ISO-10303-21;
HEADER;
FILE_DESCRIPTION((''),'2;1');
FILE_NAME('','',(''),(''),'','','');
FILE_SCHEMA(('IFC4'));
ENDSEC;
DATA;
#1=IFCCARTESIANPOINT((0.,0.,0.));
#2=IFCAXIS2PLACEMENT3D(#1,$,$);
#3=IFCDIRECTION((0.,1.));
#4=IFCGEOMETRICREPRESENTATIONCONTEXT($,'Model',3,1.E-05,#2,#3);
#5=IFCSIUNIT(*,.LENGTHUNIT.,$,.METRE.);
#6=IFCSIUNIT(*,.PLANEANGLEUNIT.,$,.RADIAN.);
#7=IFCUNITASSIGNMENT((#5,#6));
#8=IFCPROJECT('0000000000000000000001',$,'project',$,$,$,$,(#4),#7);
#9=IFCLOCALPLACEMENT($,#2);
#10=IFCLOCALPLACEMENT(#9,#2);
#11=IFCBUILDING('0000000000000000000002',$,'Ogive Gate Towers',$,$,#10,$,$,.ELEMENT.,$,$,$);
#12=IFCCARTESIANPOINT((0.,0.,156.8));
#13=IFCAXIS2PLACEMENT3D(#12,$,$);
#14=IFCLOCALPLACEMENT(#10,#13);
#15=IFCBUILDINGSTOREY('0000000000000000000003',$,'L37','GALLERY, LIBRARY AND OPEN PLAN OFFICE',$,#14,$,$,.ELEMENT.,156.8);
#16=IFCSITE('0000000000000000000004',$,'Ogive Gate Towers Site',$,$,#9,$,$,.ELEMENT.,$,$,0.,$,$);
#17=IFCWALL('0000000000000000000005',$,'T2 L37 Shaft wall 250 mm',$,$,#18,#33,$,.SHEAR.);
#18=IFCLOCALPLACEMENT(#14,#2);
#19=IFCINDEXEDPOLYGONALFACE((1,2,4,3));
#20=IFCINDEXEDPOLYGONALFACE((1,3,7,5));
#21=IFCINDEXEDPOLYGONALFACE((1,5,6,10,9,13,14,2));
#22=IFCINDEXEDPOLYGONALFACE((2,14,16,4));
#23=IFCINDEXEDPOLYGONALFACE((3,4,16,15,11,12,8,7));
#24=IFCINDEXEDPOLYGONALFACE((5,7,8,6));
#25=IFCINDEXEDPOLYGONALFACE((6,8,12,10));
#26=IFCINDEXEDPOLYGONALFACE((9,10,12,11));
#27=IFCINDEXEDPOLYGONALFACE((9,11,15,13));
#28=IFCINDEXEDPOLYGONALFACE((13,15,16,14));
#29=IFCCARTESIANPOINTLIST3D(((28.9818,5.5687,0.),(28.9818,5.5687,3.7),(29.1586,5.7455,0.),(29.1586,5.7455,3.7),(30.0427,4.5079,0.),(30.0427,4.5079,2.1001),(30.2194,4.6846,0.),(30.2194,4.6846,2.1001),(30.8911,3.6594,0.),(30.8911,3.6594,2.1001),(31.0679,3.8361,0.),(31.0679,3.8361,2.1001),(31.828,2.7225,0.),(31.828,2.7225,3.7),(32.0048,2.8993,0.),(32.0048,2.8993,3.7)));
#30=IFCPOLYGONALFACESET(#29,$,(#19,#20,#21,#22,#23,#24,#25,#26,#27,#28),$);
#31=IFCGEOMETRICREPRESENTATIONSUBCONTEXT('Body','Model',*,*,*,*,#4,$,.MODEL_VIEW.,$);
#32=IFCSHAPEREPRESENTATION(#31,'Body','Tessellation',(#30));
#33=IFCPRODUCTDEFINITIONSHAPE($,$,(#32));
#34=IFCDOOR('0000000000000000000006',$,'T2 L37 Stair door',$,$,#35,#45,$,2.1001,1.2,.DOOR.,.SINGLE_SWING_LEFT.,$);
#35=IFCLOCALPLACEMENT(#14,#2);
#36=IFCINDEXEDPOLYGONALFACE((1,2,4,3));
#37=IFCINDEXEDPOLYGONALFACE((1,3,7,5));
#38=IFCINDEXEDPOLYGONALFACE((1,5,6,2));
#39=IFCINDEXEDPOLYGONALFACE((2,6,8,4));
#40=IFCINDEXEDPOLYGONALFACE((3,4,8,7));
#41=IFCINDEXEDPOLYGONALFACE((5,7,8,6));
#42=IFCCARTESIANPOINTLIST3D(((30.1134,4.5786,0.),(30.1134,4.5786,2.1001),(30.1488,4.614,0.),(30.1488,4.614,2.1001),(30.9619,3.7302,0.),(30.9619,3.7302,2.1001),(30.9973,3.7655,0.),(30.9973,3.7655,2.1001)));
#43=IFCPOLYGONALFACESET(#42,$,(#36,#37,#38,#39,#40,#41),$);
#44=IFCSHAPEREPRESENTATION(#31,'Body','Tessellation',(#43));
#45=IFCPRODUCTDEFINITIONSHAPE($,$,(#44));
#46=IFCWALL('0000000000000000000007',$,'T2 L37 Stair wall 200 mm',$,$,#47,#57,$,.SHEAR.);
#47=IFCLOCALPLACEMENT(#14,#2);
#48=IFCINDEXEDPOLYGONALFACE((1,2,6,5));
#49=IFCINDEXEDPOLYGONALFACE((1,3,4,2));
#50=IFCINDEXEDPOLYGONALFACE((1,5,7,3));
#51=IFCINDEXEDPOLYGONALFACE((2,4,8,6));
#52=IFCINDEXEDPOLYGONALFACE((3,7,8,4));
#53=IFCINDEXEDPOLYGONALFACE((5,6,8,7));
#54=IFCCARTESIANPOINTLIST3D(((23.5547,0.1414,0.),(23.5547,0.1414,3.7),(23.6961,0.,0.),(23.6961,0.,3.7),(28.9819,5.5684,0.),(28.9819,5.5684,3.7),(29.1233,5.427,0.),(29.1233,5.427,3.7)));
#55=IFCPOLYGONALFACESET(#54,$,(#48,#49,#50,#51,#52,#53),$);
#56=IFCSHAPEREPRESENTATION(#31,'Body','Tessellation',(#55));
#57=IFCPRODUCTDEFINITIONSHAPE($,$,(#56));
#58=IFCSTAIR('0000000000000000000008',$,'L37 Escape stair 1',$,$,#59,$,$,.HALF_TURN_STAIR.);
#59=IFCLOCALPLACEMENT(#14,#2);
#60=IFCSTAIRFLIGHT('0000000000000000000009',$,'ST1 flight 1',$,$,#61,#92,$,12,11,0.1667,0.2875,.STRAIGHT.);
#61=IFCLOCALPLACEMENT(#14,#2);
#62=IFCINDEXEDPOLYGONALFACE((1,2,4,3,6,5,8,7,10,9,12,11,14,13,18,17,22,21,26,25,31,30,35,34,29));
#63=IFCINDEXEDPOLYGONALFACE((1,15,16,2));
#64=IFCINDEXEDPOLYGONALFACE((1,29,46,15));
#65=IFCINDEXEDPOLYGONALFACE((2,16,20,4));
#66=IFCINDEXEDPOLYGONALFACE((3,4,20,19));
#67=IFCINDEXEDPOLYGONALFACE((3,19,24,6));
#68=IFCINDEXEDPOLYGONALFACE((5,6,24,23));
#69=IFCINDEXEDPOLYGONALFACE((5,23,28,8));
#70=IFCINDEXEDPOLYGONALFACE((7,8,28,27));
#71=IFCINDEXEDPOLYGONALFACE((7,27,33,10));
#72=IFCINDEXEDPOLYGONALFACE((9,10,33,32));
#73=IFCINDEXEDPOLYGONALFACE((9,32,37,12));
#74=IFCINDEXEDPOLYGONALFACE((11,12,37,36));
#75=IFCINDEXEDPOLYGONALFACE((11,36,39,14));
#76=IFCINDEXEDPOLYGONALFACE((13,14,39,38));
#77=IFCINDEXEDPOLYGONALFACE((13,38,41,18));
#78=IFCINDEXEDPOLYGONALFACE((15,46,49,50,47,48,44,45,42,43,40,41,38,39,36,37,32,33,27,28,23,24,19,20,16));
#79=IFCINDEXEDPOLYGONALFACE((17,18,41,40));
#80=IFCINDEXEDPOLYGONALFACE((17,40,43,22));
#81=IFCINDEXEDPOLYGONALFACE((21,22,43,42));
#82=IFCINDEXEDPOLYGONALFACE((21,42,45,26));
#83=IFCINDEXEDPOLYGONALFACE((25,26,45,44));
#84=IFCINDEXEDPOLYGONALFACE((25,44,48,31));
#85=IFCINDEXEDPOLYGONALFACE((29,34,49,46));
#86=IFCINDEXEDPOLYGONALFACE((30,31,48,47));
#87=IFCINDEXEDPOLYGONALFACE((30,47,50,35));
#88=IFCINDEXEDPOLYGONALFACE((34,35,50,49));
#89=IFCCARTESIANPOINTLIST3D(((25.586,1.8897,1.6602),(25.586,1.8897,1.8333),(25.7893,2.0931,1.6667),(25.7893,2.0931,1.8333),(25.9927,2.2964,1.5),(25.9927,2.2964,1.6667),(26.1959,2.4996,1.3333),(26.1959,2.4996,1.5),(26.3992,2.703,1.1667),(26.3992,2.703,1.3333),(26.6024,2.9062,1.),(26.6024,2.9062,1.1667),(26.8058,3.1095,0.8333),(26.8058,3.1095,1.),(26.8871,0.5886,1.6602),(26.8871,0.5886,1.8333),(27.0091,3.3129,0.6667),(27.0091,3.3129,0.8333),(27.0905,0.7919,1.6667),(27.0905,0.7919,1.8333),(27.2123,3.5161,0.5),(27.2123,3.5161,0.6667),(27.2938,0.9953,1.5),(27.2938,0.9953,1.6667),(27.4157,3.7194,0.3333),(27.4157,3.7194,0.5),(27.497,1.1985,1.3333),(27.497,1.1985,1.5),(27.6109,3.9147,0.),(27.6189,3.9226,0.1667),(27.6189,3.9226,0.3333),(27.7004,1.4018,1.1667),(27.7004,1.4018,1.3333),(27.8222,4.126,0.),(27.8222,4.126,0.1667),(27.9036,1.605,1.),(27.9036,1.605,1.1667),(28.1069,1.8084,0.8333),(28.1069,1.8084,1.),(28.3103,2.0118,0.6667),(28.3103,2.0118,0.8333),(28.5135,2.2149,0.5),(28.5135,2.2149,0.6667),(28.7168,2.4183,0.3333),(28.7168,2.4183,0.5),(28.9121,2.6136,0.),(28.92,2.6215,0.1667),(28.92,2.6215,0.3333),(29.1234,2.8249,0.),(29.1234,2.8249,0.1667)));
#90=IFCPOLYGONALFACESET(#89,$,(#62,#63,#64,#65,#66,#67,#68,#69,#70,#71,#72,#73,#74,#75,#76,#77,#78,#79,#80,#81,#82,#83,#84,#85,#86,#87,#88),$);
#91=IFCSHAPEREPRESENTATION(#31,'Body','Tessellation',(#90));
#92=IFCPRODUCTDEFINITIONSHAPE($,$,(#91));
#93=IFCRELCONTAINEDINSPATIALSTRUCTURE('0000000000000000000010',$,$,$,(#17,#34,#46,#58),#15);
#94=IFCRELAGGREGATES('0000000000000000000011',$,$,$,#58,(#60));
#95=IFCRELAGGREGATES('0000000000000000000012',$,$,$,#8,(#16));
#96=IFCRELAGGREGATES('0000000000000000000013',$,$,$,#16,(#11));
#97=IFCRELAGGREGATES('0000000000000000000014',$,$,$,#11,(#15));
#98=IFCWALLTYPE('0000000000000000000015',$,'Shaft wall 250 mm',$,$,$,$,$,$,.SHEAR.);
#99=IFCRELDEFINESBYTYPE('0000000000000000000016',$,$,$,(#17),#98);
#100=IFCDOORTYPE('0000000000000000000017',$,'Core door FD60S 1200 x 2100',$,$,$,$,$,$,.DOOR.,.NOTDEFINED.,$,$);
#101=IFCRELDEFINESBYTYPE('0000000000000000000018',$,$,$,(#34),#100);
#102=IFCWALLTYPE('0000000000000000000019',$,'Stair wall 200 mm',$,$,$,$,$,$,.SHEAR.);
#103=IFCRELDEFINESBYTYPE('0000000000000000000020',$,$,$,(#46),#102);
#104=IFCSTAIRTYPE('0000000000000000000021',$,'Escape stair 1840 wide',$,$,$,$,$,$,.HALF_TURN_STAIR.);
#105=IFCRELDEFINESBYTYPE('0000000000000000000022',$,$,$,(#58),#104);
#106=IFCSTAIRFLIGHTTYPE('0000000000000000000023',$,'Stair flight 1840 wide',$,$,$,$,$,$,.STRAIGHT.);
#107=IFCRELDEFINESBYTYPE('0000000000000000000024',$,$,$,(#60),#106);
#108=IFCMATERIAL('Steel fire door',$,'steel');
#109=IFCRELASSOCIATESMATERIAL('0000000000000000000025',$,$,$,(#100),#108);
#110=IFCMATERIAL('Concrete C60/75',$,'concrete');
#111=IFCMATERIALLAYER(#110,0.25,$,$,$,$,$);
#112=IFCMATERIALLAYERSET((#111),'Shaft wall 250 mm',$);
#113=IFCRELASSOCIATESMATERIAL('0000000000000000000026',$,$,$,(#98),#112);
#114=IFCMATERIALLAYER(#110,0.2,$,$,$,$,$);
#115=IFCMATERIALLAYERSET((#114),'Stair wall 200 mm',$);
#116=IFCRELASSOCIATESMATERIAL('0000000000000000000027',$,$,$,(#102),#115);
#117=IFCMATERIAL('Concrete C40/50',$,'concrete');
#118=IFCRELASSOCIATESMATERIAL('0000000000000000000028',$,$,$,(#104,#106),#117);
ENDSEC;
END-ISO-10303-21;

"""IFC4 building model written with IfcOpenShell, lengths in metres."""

from ifc_helpers import new_model, si_unit, direction, frame, frame_2d, origin, place, context, subcontext, project, spatial, polyline, rectangle, outline, extrude, material, layer, layer_set, type_object, element, fill, aggregate, save


model = new_model("IFC4")

# Units and contexts
model_context = context("Model", 3, precision=1e-05, world=origin(), true_north=direction((0.0, 1.0)))
body_context = subcontext(model_context, "Body", "Model", "MODEL_VIEW")
ifc_project = project(units=[si_unit("LENGTHUNIT", "METRE"), si_unit("PLANEANGLEUNIT", "RADIAN")], contexts=[model_context])

# Site, building, storey
site_placement = place(None, origin())
site = spatial("IfcSite", under=ifc_project, at=site_placement, Name="Ogive Gate Towers Site", CompositionType="ELEMENT", RefElevation=0.0)
building_placement = place(site_placement, origin())
building = spatial("IfcBuilding", under=site, at=building_placement, Name="Ogive Gate Towers", CompositionType="ELEMENT")
storey_placement = place(building_placement, frame((0.0, 0.0, 156.8)))
storey = spatial("IfcBuildingStorey", under=building, at=storey_placement, Name="L37", Description="GALLERY, LIBRARY AND OPEN PLAN OFFICE", CompositionType="ELEMENT", Elevation=156.8)

# Shared definitions
ifc_material_1 = material(Name="Concrete C40/50", Category="concrete")

# Shared definitions
ifc_material_2 = material(Name="Concrete C60/75", Category="concrete")
ifc_material_3 = material(Name="Steel fire door", Category="steel")
door_type_1 = type_object("IfcDoorType", Name="Core door FD60S 1200 x 2100", OperationType="NOTDEFINED", PredefinedType="DOOR", material=ifc_material_3)

# Wall, opening, door
ifc_layer_1 = layer(ifc_material_2, 0.25)
ifc_layer_set_1 = layer_set([ifc_layer_1], Name="Shaft wall 250 mm")
wall_type_1 = type_object("IfcWallType", Name="Shaft wall 250 mm", PredefinedType="SHEAR", material=ifc_layer_set_1)
wall_1_placement = place(storey_placement, frame((31.9165, 2.8108, 0.0), z_axis=(0.0, 0.0, 1.0), x_axis=(-0.707107, 0.707107, 0.0)))
wall_1 = element("IfcWall", 1, at=wall_1_placement, inside=storey, type_object=wall_type_1, Name="T2 L37 Shaft wall 250 mm", PredefinedType="SHEAR", context=body_context, shape_type="SweptSolid", body=[
    extrude(rectangle(XDim=4.0251, YDim=0.25, at=frame_2d((2.0127, 0.0))), origin(), (0.0, 0.0, 1.0), 3.7),
])
opening_1_placement = place(wall_1_placement, frame((1.325, 0.0, 0.0)))
opening_1 = element("IfcOpeningElement", 2, at=opening_1_placement, cuts=wall_1, PredefinedType="OPENING", context=body_context, shape_type="SweptSolid", body=[
    extrude(rectangle(XDim=1.2, YDim=2.1001, at=frame_2d((0.6001, 1.05))), frame((0.0, 0.135, 0.0), z_axis=(0.0, -1.0, 0.0), x_axis=(1.0, 0.0, 0.0)), (0.0, 0.0, 1.0), 0.27),
])
door_1_placement = place(opening_1_placement, origin())
door_1 = element("IfcDoor", 3, at=door_1_placement, inside=storey, type_object=door_type_1, Name="T2 L37 Stair door", OperationType="SINGLE_SWING_LEFT", OverallHeight=2.1001, OverallWidth=1.2, PredefinedType="DOOR", context=body_context, shape_type="SweptSolid", body=[
    extrude(rectangle(XDim=1.2, YDim=2.1001, at=frame_2d((0.6001, 1.05))), frame((0.0, 0.0249, 0.0), z_axis=(0.0, -1.0, 0.0), x_axis=(1.0, 0.0, 0.0)), (0.0, 0.0, 1.0), 0.05),
])
fill(opening_1, door_1)

# Wall
ifc_layer_2 = layer(ifc_material_2, 0.2)
ifc_layer_set_2 = layer_set([ifc_layer_2], Name="Stair wall 200 mm")
wall_type_2 = type_object("IfcWallType", Name="Stair wall 200 mm", PredefinedType="SHEAR", material=ifc_layer_set_2)
wall_2_placement = place(storey_placement, frame((23.6255, 0.0708, 0.0), z_axis=(0.0, 0.0, 1.0), x_axis=(0.707123, 0.707091, 0.0)))
element("IfcWall", 4, at=wall_2_placement, inside=storey, type_object=wall_type_2, Name="T2 L37 Stair wall 200 mm", PredefinedType="SHEAR", context=body_context, shape_type="SweptSolid", body=[
    extrude(rectangle(XDim=7.675, YDim=0.2, at=frame_2d((3.8374, 0.0))), origin(), (0.0, 0.0, 1.0), 3.7),
])

# Stair, stair flight
stair_type = type_object("IfcStairType", Name="Escape stair 1840 wide", PredefinedType="HALF_TURN_STAIR", material=ifc_material_1)
stair_placement = place(storey_placement, origin())
stair = element("IfcStair", 5, at=stair_placement, inside=storey, type_object=stair_type, Name="L37 Escape stair 1", PredefinedType="HALF_TURN_STAIR")
stair_flight_type = type_object("IfcStairFlightType", Name="Stair flight 1840 wide", PredefinedType="STRAIGHT", material=ifc_material_1)
stair_flight_placement = place(storey_placement, frame((28.4729, 3.4753, 0.0), z_axis=(0.0, 0.0, 1.0), x_axis=(-0.707107, -0.707107, 0.0)))
stair_flight = element("IfcStairFlight", 6, at=stair_flight_placement, type_object=stair_flight_type, Name="ST1 flight 1", NumberOfRisers=12, NumberOfTreads=11, PredefinedType="STRAIGHT", RiserHeight=0.1667, TreadLength=0.2875, context=body_context, shape_type="SweptSolid", body=[
    extrude(outline(polyline([(0.0, 0.0), (0.0, 0.1667), (0.2876, 0.1667), (0.2876, 0.3333), (0.575, 0.3333), (0.575, 0.5), (0.8625, 0.5), (0.8625, 0.6667), (1.1499, 0.6667), (1.1499, 0.8333), (1.4375, 0.8333), (1.4375, 1.0), (1.7251, 1.0), (1.7251, 1.1667), (2.0125, 1.1667), (2.0125, 1.3333), (2.3, 1.3333), (2.3, 1.5), (2.5874, 1.5), (2.5874, 1.6667), (2.875, 1.6667), (2.875, 1.8333), (3.1626, 1.8333), (3.1626, 2.0), (3.1626, 1.6602), (0.2988, 0.0), (0.0, 0.0)])), frame((0.0, 0.9199, 0.0), z_axis=(0.0, -1.0, 0.0), x_axis=(1.0, 0.0, 0.0)), (0.0, 0.0, 1.0), 1.8401),
])
aggregate(stair, [stair_flight])

save(model, "model.ifc")
